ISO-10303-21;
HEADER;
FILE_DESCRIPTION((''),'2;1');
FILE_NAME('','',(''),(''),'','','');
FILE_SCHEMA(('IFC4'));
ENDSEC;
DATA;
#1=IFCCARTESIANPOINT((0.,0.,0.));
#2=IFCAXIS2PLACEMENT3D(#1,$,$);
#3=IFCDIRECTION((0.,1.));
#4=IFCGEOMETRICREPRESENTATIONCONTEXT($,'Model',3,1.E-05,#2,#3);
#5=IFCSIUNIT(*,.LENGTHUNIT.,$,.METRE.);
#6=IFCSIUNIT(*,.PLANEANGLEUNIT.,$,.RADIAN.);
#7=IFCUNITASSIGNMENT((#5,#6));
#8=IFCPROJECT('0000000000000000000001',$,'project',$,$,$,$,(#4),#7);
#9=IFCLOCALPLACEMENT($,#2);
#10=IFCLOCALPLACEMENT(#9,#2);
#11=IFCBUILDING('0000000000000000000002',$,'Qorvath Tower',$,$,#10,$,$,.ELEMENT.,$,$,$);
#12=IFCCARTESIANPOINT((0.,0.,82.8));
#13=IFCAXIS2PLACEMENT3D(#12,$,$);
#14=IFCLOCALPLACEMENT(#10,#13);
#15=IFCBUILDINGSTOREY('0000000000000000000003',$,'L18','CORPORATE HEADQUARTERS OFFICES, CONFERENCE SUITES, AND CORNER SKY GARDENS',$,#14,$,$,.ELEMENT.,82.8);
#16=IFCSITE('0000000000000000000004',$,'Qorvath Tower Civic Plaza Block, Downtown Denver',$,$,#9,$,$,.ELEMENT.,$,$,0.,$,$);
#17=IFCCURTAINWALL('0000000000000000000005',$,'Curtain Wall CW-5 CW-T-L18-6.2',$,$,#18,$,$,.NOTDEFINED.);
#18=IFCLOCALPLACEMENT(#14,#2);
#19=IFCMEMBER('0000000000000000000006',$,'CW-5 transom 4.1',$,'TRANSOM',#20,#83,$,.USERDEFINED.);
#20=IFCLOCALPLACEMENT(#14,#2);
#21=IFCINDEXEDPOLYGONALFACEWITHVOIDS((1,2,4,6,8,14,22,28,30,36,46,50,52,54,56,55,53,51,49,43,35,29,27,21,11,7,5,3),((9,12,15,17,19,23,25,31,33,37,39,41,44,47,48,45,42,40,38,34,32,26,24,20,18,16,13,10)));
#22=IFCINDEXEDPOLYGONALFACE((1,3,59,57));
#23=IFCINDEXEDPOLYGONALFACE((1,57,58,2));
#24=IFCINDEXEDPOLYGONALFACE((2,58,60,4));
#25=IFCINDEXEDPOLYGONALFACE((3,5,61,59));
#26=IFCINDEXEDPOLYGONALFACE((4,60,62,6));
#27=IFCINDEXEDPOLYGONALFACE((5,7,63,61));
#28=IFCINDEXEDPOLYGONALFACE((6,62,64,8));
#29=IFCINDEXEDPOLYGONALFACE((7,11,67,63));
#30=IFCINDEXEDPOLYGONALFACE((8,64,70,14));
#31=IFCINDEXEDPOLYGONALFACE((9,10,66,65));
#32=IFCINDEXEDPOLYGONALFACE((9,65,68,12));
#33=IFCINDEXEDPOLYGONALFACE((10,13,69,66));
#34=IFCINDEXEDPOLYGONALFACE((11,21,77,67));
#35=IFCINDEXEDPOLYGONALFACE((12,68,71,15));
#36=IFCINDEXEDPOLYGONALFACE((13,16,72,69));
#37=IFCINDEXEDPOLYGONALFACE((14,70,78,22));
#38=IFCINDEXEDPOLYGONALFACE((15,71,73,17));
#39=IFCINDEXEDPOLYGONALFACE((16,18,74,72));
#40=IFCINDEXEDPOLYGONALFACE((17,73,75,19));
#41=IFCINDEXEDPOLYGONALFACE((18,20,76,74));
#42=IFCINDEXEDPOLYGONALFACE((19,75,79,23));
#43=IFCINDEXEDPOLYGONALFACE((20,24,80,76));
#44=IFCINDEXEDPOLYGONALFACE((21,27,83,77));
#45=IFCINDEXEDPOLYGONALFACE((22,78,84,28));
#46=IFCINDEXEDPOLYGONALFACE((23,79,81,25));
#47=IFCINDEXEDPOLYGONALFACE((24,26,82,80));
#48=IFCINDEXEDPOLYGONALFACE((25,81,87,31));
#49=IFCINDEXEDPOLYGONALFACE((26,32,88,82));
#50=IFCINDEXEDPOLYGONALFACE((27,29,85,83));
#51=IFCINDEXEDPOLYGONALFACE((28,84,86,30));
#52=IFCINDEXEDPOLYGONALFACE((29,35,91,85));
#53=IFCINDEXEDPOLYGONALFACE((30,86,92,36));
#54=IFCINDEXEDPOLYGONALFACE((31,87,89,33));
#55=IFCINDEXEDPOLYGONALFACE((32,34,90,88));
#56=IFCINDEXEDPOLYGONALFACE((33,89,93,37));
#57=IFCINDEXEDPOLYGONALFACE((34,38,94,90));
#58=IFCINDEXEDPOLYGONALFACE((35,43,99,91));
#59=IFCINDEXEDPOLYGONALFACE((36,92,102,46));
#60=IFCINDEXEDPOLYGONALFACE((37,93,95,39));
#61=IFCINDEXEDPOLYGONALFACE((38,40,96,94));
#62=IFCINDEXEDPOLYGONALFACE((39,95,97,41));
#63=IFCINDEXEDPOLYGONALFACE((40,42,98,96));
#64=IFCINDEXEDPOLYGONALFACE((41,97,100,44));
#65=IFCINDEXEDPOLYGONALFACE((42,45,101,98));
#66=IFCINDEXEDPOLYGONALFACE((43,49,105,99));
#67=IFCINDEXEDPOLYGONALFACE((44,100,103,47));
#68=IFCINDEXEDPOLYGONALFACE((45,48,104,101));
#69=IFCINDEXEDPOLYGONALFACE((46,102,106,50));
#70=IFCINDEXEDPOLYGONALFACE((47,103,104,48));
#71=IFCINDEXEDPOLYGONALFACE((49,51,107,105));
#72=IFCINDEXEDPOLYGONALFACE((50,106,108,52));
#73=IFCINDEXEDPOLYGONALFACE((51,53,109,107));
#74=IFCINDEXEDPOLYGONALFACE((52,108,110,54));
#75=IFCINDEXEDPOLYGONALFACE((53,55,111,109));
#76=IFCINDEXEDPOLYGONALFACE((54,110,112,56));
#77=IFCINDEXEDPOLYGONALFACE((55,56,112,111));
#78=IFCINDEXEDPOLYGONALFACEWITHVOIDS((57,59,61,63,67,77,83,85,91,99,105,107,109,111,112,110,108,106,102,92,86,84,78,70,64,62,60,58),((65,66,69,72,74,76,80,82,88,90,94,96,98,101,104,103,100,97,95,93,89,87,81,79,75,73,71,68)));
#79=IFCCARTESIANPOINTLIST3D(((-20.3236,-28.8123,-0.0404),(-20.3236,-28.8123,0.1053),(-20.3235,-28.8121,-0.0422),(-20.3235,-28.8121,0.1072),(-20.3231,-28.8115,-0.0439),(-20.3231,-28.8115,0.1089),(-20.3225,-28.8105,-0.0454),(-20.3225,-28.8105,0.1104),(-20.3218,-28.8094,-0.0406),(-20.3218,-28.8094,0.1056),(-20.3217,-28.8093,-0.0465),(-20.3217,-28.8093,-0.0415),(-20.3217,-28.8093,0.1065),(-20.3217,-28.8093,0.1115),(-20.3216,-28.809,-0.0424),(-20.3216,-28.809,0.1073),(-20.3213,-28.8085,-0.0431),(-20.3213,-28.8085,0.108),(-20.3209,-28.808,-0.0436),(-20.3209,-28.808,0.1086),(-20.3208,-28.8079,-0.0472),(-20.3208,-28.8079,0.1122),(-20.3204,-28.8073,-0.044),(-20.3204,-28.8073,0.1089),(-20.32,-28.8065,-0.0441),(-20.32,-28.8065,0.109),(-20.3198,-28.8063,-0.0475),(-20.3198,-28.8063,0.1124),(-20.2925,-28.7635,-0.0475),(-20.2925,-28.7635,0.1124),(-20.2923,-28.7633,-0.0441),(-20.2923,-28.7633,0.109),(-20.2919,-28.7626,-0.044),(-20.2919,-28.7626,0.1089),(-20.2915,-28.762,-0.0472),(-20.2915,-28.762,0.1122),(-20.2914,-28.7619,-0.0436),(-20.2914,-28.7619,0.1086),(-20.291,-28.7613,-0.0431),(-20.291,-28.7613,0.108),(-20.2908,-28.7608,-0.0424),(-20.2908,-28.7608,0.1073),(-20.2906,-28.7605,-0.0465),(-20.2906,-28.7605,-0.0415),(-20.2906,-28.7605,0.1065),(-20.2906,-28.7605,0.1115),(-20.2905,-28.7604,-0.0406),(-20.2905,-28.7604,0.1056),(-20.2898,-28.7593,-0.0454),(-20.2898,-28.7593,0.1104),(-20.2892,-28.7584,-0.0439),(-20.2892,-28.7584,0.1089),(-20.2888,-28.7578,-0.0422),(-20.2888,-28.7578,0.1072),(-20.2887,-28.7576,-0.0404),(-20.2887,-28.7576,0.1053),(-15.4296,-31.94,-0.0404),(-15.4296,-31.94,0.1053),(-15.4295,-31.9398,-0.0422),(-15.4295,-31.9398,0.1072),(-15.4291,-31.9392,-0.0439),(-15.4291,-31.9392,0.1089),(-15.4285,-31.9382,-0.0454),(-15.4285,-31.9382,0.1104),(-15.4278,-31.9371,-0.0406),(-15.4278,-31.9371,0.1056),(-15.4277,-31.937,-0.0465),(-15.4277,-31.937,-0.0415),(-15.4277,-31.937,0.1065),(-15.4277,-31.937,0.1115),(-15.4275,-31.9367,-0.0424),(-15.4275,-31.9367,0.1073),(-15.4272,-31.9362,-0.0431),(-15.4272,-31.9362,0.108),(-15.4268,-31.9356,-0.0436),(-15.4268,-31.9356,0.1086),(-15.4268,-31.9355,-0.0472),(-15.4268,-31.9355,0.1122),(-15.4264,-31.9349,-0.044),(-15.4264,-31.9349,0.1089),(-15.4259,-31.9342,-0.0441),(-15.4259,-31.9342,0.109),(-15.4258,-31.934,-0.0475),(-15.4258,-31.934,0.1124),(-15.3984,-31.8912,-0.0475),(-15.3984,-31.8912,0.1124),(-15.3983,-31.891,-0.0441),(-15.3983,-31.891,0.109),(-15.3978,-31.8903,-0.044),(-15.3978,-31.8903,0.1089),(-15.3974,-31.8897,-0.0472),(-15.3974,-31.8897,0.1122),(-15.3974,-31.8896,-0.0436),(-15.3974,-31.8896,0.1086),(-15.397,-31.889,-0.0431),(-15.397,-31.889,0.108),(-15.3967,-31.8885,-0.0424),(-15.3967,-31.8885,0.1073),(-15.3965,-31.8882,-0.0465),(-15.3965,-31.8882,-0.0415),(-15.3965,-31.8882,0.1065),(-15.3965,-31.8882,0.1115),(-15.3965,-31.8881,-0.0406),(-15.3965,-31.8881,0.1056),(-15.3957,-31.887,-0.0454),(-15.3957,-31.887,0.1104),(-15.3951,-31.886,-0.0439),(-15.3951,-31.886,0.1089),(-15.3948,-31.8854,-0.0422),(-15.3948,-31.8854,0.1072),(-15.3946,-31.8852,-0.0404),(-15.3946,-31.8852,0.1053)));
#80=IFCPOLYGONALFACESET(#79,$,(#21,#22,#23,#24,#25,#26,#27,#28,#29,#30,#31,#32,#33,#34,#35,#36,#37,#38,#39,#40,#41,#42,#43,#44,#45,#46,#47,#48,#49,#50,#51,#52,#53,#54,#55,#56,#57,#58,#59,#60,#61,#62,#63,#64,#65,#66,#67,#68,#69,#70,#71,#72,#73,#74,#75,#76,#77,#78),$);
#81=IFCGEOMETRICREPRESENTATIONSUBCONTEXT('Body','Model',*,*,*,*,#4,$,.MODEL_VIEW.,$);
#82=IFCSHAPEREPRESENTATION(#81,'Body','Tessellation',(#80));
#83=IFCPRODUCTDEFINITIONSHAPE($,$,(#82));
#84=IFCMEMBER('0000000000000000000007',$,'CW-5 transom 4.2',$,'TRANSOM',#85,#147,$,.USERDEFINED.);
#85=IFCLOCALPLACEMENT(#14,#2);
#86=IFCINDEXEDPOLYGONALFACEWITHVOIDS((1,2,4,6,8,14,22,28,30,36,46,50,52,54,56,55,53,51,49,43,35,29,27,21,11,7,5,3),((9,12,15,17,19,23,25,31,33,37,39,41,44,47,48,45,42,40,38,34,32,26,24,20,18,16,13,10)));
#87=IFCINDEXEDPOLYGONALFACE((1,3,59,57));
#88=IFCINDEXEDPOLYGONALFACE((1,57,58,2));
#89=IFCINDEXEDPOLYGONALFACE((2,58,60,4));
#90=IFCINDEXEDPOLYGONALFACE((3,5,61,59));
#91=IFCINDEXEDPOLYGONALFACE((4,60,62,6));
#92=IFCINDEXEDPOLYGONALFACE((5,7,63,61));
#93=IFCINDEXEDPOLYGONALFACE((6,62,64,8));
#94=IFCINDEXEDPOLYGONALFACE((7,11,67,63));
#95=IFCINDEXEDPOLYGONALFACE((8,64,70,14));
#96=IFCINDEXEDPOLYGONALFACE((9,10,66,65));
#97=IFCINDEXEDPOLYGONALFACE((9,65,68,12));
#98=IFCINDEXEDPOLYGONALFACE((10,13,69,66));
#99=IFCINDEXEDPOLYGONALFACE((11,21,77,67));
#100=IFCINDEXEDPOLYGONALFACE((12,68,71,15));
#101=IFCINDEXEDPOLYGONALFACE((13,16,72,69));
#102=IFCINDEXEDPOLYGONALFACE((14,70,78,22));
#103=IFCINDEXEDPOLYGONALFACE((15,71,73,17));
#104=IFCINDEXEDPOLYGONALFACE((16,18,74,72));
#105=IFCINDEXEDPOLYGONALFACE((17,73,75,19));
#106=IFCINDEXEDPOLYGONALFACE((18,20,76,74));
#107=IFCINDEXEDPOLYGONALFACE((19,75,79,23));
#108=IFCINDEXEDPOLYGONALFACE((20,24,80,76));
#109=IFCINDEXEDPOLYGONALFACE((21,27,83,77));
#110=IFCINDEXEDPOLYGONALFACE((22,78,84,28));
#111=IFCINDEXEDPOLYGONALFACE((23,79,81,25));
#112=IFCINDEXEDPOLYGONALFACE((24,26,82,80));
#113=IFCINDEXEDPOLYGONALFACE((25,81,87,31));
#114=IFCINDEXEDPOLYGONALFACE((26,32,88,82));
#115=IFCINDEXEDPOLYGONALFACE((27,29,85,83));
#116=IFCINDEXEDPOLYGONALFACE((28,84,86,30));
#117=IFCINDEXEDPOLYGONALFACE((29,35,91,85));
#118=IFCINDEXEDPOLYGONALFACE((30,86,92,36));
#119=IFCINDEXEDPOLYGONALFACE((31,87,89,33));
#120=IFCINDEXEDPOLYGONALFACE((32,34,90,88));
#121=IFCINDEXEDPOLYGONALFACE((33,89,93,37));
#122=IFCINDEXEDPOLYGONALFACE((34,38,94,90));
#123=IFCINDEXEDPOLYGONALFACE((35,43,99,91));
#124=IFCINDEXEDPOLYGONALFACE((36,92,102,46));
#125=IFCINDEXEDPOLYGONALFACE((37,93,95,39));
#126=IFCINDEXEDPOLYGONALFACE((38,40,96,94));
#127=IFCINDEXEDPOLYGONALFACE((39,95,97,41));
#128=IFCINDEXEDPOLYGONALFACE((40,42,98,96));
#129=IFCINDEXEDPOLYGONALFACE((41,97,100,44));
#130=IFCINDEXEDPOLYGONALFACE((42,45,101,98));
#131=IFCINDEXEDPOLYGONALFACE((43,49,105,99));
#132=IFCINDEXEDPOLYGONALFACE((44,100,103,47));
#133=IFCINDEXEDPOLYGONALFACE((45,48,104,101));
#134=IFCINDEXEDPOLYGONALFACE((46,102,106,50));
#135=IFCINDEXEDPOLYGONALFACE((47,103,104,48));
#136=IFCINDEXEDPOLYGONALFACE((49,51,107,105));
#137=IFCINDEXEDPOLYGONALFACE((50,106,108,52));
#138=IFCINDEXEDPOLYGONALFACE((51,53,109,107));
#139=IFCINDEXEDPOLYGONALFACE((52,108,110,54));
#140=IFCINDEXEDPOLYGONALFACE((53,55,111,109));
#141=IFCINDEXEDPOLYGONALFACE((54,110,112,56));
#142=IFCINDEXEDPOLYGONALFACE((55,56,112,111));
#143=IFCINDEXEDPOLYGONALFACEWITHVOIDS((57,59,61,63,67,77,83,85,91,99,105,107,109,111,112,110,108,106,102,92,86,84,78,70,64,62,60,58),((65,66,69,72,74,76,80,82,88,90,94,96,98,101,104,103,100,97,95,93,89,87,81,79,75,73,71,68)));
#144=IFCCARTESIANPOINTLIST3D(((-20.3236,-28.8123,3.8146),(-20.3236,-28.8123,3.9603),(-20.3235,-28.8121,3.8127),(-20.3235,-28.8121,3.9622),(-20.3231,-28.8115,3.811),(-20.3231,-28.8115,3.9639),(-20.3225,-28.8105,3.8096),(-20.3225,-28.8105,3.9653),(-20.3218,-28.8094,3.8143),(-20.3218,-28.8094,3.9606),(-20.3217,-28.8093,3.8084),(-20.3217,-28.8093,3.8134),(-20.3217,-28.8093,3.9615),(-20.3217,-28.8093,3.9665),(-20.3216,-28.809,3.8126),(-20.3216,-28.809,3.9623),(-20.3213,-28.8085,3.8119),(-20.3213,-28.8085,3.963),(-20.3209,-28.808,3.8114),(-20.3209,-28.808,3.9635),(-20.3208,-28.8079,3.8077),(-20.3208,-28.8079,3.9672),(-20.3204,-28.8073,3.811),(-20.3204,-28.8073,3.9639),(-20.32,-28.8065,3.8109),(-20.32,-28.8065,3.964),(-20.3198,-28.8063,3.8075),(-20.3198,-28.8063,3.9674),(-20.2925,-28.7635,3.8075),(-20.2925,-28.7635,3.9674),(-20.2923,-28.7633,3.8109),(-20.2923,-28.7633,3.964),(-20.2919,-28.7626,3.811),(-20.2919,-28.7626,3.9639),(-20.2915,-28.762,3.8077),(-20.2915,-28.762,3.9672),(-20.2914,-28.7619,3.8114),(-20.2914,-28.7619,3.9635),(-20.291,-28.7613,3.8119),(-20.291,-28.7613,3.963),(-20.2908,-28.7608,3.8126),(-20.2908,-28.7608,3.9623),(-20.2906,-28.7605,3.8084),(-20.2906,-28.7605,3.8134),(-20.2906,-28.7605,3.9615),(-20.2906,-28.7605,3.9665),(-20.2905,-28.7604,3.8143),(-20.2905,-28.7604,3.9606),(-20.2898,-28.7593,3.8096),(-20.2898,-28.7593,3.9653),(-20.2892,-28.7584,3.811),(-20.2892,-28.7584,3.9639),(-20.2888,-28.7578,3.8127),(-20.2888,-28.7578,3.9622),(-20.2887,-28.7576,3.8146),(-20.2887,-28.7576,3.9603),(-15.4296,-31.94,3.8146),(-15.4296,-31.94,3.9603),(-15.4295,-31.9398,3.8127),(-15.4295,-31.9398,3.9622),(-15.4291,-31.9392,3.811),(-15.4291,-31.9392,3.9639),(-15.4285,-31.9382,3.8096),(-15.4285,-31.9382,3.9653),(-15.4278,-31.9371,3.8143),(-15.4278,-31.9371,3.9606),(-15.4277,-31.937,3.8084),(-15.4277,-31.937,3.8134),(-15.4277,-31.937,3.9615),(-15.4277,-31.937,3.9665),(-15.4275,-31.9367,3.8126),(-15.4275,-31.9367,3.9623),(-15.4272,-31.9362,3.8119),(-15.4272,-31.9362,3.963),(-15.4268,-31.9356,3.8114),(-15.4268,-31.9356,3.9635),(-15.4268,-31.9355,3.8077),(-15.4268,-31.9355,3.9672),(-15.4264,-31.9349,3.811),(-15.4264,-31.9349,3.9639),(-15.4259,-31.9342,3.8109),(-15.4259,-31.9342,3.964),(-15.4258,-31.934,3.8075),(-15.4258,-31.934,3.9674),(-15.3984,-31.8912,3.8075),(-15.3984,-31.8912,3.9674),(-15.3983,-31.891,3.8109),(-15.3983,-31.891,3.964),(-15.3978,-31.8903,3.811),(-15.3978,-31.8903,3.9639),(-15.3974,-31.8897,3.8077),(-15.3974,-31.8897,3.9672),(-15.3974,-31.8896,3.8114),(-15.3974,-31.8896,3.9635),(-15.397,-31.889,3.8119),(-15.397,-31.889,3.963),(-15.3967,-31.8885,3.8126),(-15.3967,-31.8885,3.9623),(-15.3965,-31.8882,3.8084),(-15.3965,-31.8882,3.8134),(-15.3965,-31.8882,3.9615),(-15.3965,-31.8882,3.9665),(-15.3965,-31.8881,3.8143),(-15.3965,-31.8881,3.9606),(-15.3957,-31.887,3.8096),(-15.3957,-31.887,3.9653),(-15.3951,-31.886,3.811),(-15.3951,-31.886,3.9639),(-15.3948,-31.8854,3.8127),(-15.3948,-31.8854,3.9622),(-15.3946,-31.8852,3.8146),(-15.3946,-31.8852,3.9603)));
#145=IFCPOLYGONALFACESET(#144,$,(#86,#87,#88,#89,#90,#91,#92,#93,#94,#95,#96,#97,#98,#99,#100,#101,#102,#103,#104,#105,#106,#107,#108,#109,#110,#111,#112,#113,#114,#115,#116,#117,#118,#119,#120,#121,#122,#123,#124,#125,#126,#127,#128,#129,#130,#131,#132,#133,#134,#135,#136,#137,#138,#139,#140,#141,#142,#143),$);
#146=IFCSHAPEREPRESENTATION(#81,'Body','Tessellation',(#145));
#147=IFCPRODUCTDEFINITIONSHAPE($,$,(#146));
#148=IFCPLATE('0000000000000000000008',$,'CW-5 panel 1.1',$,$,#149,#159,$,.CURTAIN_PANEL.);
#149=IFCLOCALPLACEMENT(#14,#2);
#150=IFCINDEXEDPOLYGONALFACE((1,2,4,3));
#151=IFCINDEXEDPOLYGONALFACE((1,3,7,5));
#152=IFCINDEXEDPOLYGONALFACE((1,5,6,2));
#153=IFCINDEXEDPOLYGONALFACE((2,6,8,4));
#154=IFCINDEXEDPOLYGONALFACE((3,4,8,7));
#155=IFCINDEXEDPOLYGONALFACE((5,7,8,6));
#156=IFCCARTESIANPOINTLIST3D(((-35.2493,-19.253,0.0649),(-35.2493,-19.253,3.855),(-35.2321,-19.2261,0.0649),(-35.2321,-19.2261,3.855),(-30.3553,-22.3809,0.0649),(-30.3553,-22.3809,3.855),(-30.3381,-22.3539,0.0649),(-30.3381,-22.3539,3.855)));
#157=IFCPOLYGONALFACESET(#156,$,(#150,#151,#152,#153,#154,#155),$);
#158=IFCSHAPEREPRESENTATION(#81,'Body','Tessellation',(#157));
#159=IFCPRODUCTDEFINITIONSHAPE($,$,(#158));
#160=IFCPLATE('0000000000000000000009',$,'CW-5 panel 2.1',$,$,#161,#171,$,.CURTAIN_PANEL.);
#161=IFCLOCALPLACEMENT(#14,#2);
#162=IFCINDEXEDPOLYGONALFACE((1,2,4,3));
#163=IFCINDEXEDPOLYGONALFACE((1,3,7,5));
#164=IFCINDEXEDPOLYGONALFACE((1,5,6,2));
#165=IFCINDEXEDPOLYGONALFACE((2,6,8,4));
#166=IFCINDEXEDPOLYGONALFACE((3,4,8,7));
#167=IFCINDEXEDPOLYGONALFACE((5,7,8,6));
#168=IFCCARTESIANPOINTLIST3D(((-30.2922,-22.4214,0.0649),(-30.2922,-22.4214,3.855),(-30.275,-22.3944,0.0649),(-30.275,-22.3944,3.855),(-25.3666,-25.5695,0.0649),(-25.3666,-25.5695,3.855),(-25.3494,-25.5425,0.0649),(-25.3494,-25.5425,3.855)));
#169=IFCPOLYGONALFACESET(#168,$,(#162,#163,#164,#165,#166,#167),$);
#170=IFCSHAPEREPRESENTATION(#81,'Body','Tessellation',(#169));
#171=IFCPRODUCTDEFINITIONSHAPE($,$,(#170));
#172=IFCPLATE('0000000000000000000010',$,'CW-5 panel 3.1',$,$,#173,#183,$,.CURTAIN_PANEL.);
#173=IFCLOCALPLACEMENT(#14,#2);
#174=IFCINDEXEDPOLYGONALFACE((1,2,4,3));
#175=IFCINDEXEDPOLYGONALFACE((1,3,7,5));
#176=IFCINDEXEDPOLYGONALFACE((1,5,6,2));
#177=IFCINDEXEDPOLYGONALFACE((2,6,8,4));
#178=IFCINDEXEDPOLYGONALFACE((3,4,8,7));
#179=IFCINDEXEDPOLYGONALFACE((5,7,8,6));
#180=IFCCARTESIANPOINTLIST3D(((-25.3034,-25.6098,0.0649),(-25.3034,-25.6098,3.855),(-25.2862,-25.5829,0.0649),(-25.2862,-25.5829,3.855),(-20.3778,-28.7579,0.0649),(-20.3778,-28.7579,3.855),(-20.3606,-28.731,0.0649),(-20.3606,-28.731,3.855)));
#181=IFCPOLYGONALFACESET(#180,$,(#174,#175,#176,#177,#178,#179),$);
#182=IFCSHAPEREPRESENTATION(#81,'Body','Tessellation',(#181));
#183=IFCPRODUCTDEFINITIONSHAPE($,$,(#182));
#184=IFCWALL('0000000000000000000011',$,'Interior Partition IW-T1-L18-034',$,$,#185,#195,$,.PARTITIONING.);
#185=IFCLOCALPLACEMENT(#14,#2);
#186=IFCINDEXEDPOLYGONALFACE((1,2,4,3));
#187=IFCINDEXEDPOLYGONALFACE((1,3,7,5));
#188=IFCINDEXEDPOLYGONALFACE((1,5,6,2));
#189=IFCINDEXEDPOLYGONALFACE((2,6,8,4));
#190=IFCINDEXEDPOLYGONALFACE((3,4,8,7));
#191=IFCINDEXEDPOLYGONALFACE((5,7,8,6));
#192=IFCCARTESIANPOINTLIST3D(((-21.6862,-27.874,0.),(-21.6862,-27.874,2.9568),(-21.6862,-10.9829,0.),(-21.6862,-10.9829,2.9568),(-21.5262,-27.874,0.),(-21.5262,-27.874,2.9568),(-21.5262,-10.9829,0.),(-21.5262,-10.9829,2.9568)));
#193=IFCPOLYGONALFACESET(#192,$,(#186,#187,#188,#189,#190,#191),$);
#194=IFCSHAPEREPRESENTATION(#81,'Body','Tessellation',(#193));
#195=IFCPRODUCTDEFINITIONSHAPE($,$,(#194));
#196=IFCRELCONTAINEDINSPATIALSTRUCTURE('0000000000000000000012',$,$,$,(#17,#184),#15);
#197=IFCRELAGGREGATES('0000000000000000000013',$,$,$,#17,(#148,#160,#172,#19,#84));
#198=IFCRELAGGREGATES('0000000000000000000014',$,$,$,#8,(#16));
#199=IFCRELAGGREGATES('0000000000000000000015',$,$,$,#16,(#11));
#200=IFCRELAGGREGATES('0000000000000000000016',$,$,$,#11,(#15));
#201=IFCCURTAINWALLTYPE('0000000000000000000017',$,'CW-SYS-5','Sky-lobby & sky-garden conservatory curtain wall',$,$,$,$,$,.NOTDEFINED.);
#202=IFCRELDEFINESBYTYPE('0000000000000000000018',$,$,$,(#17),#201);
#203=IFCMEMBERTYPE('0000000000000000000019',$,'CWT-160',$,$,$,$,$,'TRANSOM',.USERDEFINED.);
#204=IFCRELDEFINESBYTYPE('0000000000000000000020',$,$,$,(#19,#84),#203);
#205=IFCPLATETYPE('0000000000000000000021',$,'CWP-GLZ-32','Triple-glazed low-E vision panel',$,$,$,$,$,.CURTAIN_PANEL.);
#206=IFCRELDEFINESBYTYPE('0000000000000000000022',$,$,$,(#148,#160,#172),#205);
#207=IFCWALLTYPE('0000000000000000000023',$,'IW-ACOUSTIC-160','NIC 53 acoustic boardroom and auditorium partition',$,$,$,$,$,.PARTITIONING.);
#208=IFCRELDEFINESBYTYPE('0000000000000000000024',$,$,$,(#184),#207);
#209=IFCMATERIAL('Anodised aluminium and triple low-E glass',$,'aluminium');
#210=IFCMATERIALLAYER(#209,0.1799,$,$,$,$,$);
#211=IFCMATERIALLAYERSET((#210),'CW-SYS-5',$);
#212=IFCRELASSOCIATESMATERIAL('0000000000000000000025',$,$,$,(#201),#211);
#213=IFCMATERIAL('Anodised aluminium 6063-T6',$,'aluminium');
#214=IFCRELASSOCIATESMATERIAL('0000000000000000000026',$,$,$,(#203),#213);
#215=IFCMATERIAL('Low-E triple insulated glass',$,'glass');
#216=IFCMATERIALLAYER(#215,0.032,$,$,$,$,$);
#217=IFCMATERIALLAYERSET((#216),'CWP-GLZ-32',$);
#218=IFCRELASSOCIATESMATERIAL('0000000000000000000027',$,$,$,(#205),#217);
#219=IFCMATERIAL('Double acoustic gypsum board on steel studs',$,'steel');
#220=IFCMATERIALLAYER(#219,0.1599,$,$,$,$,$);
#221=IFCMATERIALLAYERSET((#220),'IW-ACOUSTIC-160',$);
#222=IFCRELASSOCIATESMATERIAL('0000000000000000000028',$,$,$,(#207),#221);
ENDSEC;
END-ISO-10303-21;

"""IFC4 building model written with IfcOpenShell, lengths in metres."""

from ifc_helpers import new_model, si_unit, direction, frame, frame_2d, origin, origin_2d, place, context, subcontext, project, spatial, rectangle, hollow_rectangle, extrude, material, layer, layer_set, material_profile, profile_set, type_object, element, aggregate, save


model = new_model("IFC4")

# Units and contexts
model_context = context("Model", 3, precision=1e-05, world=origin(), true_north=direction((0.0, 1.0)))
body_context = subcontext(model_context, "Body", "Model", "MODEL_VIEW")
ifc_project = project(units=[si_unit("LENGTHUNIT", "METRE"), si_unit("PLANEANGLEUNIT", "RADIAN")], contexts=[model_context])

# Site, building, storey
site_placement = place(None, origin())
site = spatial("IfcSite", under=ifc_project, at=site_placement, Name="Qorvath Tower Civic Plaza Block, Downtown Denver", CompositionType="ELEMENT", RefElevation=0.0)
building_placement = place(site_placement, origin())
building = spatial("IfcBuilding", under=site, at=building_placement, Name="Qorvath Tower", CompositionType="ELEMENT")
storey_placement = place(building_placement, frame((0.0, 0.0, 82.8)))
storey = spatial("IfcBuildingStorey", under=building, at=storey_placement, Name="L18", Description="CORPORATE HEADQUARTERS OFFICES, CONFERENCE SUITES, AND CORNER SKY GARDENS", CompositionType="ELEMENT", Elevation=82.8)

# Curtain wall, members, plates
ifc_material_1 = material(Name="Anodised aluminium and triple low-E glass", Category="aluminium")
ifc_layer_1 = layer(ifc_material_1, 0.1799)
ifc_layer_set_1 = layer_set([ifc_layer_1], Name="CW-SYS-5")
curtain_wall_type = type_object("IfcCurtainWallType", Name="CW-SYS-5", Description="Sky-lobby & sky-garden conservatory curtain wall", PredefinedType="NOTDEFINED", material=ifc_layer_set_1)
curtain_wall_placement = place(storey_placement, origin())
curtain_wall = element("IfcCurtainWall", 1, at=curtain_wall_placement, inside=storey, type_object=curtain_wall_type, Name="Curtain Wall CW-5 CW-T-L18-6.2", PredefinedType="NOTDEFINED")
ifc_material_2 = material(Name="Anodised aluminium 6063-T6", Category="aluminium")
ifc_material_profile_1 = material_profile(ifc_material_2, hollow_rectangle(XDim=0.0649, YDim=0.1599, WallThickness=0.0034, InnerFilletRadius=0.0034, OuterFilletRadius=0.0071, at=origin_2d()), Name="CWT 160x65")
ifc_profile_set_1 = profile_set([ifc_material_profile_1], Name="Anodised aluminium 6063-T6")
member_type_1 = type_object("IfcMemberType", Name="CWT-160", ElementType="TRANSOM", PredefinedType="USERDEFINED", material=ifc_profile_set_1)
member_1_placement = place(storey_placement, frame((-20.3062, -28.7849, 0.0325), z_axis=(0.842623, -0.538504, 0.0), x_axis=(0.538504, 0.842623, 0.0)))
member_1 = element("IfcMember", 2, at=member_1_placement, type_object=member_type_1, Name="CW-5 transom 4.1", ObjectType="TRANSOM", PredefinedType="USERDEFINED", context=body_context, shape_type="SweptSolid", body=[
    extrude(hollow_rectangle(XDim=0.0649, YDim=0.1599, WallThickness=0.0034, InnerFilletRadius=0.0034, OuterFilletRadius=0.0071, at=origin_2d()), origin(), (0.0, 0.0, 1.0), 5.8081),
])
member_2_placement = place(storey_placement, frame((-20.3062, -28.7849, 3.8875), z_axis=(0.842623, -0.538504, 0.0), x_axis=(0.538504, 0.842623, 0.0)))
member_2 = element("IfcMember", 3, at=member_2_placement, type_object=member_type_1, Name="CW-5 transom 4.2", ObjectType="TRANSOM", PredefinedType="USERDEFINED", context=body_context, shape_type="SweptSolid", body=[
    extrude(hollow_rectangle(XDim=0.0649, YDim=0.1599, WallThickness=0.0034, InnerFilletRadius=0.0034, OuterFilletRadius=0.0071, at=origin_2d()), origin(), (0.0, 0.0, 1.0), 5.8081),
])
ifc_material_3 = material(Name="Low-E triple insulated glass", Category="glass")
ifc_layer_2 = layer(ifc_material_3, 0.032)
ifc_layer_set_2 = layer_set([ifc_layer_2], Name="CWP-GLZ-32")
plate_type = type_object("IfcPlateType", Name="CWP-GLZ-32", Description="Triple-glazed low-E vision panel", PredefinedType="CURTAIN_PANEL", material=ifc_layer_set_2)
plate_1_placement = place(storey_placement, frame((-32.7937, -20.8035, 0.0649), z_axis=(0.0, 0.0, 1.0), x_axis=(0.842604, -0.538533, 0.0)))
plate_1 = element("IfcPlate", 4, at=plate_1_placement, type_object=plate_type, Name="CW-5 panel 1.1", PredefinedType="CURTAIN_PANEL", context=body_context, shape_type="SweptSolid", body=[
    extrude(rectangle(XDim=5.8081, YDim=0.032, at=origin_2d()), origin(), (0.0, 0.0, 1.0), 3.79),
])
plate_2_placement = place(storey_placement, frame((-27.8208, -23.9819, 0.0649), z_axis=(0.0, 0.0, 1.0), x_axis=(0.842604, -0.538533, 0.0)))
plate_2 = element("IfcPlate", 5, at=plate_2_placement, type_object=plate_type, Name="CW-5 panel 2.1", PredefinedType="CURTAIN_PANEL", context=body_context, shape_type="SweptSolid", body=[
    extrude(rectangle(XDim=5.8457, YDim=0.032, at=origin_2d()), origin(), (0.0, 0.0, 1.0), 3.79),
])
plate_3_placement = place(storey_placement, frame((-22.832, -27.1704, 0.0649), z_axis=(0.0, 0.0, 1.0), x_axis=(0.842604, -0.538533, 0.0)))
plate_3 = element("IfcPlate", 6, at=plate_3_placement, type_object=plate_type, Name="CW-5 panel 3.1", PredefinedType="CURTAIN_PANEL", context=body_context, shape_type="SweptSolid", body=[
    extrude(rectangle(XDim=5.8457, YDim=0.032, at=origin_2d()), origin(), (0.0, 0.0, 1.0), 3.79),
])
aggregate(curtain_wall, [plate_1, plate_2, plate_3, member_1, member_2])

# Shared definitions
ifc_material_4 = material(Name="Double acoustic gypsum board on steel studs", Category="steel")
ifc_layer_3 = layer(ifc_material_4, 0.1599)
ifc_layer_set_3 = layer_set([ifc_layer_3], Name="IW-ACOUSTIC-160")
wall_type_1 = type_object("IfcWallType", Name="IW-ACOUSTIC-160", Description="NIC 53 acoustic boardroom and auditorium partition", PredefinedType="PARTITIONING", material=ifc_layer_set_3)

# Wall
wall_1_placement = place(storey_placement, frame((-21.6062, -27.874, 0.0), z_axis=(0.0, 0.0, 1.0), x_axis=(0.0, 1.0, 0.0)))
element("IfcWall", 7, at=wall_1_placement, inside=storey, type_object=wall_type_1, Name="Interior Partition IW-T1-L18-034", PredefinedType="PARTITIONING", context=body_context, shape_type="SweptSolid", body=[
    extrude(rectangle(XDim=16.8911, YDim=0.1599, at=frame_2d((8.4456, 0.0))), origin(), (0.0, 0.0, 1.0), 2.9568),
])

save(model, "model.ifc")
